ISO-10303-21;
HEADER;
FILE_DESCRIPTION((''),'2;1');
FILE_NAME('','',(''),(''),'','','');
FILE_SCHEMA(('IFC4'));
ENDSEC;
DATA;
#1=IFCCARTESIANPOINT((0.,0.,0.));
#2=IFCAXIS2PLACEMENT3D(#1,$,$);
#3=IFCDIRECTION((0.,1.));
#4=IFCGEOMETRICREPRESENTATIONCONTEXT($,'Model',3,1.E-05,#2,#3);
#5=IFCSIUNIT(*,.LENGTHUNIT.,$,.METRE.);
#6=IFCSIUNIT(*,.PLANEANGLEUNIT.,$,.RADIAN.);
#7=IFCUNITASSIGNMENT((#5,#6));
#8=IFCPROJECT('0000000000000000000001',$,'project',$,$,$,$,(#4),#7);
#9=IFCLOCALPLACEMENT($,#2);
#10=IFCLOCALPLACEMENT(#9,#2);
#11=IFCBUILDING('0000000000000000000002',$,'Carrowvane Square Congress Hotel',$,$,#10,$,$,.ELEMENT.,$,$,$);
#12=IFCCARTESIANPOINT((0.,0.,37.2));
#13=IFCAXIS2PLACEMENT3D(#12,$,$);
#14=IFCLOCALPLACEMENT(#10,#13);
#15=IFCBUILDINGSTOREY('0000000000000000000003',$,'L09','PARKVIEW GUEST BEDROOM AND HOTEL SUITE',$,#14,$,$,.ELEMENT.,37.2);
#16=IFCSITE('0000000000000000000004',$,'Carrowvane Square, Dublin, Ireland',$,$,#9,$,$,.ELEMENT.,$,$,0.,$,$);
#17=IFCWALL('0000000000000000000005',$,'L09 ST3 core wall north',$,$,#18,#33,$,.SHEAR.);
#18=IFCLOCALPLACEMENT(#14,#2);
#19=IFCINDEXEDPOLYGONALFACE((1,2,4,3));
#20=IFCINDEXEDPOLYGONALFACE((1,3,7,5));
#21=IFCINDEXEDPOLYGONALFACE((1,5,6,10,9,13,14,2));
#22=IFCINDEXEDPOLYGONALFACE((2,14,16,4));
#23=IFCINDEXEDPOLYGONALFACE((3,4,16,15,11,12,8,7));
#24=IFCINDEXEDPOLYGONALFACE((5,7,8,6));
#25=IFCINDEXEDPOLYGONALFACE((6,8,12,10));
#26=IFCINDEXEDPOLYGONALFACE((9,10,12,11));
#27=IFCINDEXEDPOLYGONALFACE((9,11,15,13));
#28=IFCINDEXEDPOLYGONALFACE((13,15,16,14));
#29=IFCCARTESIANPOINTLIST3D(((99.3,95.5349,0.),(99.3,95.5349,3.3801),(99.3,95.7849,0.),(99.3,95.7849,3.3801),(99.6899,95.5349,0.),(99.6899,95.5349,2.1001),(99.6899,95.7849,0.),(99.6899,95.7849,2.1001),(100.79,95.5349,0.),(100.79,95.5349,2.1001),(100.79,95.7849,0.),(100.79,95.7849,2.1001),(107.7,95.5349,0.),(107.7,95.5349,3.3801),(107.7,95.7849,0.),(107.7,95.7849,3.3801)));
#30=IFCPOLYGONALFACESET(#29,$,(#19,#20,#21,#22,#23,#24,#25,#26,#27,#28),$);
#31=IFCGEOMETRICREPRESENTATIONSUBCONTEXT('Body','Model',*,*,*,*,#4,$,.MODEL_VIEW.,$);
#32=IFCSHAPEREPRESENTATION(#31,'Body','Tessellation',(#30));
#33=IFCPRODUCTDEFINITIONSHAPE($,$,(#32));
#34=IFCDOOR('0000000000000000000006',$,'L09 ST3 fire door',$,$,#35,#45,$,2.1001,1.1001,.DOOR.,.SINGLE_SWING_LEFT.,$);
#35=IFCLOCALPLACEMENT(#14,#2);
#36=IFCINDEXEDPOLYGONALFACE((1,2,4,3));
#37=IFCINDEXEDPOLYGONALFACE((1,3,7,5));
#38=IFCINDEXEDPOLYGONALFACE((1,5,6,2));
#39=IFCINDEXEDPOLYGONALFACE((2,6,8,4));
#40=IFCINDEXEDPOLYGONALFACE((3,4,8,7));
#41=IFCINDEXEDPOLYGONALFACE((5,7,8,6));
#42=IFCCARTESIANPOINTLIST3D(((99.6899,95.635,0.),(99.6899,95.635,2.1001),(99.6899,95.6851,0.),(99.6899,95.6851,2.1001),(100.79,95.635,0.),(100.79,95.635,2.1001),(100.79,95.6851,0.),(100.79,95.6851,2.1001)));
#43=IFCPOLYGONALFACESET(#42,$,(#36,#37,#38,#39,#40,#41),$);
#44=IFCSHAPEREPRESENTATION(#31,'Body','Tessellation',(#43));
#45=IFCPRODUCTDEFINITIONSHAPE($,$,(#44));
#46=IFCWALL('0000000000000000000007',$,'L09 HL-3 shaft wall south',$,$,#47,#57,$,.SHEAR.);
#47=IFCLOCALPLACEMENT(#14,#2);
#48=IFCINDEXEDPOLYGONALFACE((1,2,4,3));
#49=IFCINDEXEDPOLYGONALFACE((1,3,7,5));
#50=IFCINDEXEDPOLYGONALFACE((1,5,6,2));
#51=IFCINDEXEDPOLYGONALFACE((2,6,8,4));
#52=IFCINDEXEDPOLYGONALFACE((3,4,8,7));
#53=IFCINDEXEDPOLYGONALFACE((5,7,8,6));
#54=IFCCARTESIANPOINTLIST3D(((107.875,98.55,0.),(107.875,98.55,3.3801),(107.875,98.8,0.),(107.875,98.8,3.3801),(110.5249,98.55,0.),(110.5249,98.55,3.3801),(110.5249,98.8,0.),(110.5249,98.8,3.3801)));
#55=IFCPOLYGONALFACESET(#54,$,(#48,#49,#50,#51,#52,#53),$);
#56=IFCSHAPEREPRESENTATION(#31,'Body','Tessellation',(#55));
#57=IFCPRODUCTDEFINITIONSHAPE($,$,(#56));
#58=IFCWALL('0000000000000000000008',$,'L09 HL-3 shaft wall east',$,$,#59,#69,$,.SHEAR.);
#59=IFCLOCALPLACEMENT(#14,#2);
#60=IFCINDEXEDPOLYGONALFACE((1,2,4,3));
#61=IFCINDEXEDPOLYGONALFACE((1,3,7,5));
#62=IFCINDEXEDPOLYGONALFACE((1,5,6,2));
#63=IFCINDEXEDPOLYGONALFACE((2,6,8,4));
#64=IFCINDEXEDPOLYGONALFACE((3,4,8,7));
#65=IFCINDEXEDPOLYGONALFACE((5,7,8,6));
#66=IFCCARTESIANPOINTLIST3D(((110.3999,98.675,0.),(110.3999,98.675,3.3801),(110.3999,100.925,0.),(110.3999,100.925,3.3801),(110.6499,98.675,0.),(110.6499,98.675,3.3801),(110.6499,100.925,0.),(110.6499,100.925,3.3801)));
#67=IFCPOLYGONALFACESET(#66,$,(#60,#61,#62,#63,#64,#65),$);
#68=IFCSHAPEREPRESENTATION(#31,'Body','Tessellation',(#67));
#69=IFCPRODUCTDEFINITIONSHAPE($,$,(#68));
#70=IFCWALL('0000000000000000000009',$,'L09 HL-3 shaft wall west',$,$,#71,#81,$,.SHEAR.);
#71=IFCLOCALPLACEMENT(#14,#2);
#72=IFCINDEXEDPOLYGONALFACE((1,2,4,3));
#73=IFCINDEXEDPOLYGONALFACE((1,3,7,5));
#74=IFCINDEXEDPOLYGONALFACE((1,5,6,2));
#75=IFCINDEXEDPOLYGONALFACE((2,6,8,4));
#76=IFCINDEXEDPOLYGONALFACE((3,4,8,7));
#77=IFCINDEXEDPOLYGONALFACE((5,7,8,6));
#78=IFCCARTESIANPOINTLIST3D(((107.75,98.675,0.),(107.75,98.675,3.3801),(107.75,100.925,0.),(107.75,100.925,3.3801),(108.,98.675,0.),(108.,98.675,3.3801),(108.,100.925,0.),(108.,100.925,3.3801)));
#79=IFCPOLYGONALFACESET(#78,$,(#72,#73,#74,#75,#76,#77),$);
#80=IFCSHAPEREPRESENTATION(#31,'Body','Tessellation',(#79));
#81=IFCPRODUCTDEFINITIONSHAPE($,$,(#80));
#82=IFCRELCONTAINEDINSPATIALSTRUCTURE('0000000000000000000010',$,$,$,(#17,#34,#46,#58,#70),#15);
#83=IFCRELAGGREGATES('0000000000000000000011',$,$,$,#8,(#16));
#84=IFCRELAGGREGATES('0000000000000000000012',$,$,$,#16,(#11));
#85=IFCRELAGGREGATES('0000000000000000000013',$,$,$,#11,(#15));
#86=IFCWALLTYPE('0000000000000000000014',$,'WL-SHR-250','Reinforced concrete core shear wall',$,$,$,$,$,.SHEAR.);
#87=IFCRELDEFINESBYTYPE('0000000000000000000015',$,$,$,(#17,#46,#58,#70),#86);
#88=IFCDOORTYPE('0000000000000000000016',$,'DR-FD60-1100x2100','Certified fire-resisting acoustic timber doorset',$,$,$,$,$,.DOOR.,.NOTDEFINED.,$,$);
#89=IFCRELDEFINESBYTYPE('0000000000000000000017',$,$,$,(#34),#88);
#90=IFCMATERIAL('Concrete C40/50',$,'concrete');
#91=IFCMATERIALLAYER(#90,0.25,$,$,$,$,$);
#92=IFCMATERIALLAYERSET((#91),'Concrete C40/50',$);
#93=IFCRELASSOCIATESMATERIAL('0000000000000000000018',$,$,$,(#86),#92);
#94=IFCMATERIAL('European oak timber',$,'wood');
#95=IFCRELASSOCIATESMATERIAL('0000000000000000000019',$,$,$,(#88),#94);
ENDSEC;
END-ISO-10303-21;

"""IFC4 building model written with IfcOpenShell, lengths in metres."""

from ifc_helpers import new_model, si_unit, direction, frame, frame_2d, origin, place, context, subcontext, project, spatial, rectangle, extrude, material, layer, layer_set, type_object, element, fill, save


model = new_model("IFC4")

# Units and contexts
model_context = context("Model", 3, precision=1e-05, world=origin(), true_north=direction((0.0, 1.0)))
body_context = subcontext(model_context, "Body", "Model", "MODEL_VIEW")
ifc_project = project(units=[si_unit("LENGTHUNIT", "METRE"), si_unit("PLANEANGLEUNIT", "RADIAN")], contexts=[model_context])

# Site, building, storey
site_placement = place(None, origin())
site = spatial("IfcSite", under=ifc_project, at=site_placement, Name="Carrowvane Square, Dublin, Ireland", CompositionType="ELEMENT", RefElevation=0.0)
building_placement = place(site_placement, origin())
building = spatial("IfcBuilding", under=site, at=building_placement, Name="Carrowvane Square Congress Hotel", CompositionType="ELEMENT")
storey_placement = place(building_placement, frame((0.0, 0.0, 37.2)))
storey = spatial("IfcBuildingStorey", under=building, at=storey_placement, Name="L09", Description="PARKVIEW GUEST BEDROOM AND HOTEL SUITE", CompositionType="ELEMENT", Elevation=37.2)

# Wall, opening, door
ifc_material_1 = material(Name="Concrete C40/50", Category="concrete")
ifc_layer_1 = layer(ifc_material_1, 0.25)
ifc_layer_set_1 = layer_set([ifc_layer_1], Name="Concrete C40/50")
wall_type_1 = type_object("IfcWallType", Name="WL-SHR-250", Description="Reinforced concrete core shear wall", PredefinedType="SHEAR", material=ifc_layer_set_1)
wall_1_placement = place(storey_placement, frame((107.7, 95.6599, 0.0), z_axis=(0.0, 0.0, 1.0), x_axis=(-1.0, 0.0, 0.0)))
wall_1 = element("IfcWall", 1, at=wall_1_placement, inside=storey, type_object=wall_type_1, Name="L09 ST3 core wall north", PredefinedType="SHEAR", context=body_context, shape_type="SweptSolid", body=[
    extrude(rectangle(XDim=8.3999, YDim=0.25, at=frame_2d((4.2, 0.0))), origin(), (0.0, 0.0, 1.0), 3.3801),
])
opening_1_placement = place(wall_1_placement, frame((6.9099, 0.0, 0.0)))
opening_1 = element("IfcOpeningElement", 2, at=opening_1_placement, cuts=wall_1, PredefinedType="OPENING", context=body_context, shape_type="SweptSolid", body=[
    extrude(rectangle(XDim=1.1001, YDim=2.1001, at=frame_2d((0.55, 1.05))), frame((0.0, 0.135, 0.0), z_axis=(0.0, -1.0, 0.0), x_axis=(1.0, 0.0, 0.0)), (0.0, 0.0, 1.0), 0.27),
])
ifc_material_2 = material(Name="European oak timber", Category="wood")
door_type_1 = type_object("IfcDoorType", Name="DR-FD60-1100x2100", Description="Certified fire-resisting acoustic timber doorset", OperationType="NOTDEFINED", PredefinedType="DOOR", material=ifc_material_2)
door_1_placement = place(opening_1_placement, origin())
door_1 = element("IfcDoor", 3, at=door_1_placement, inside=storey, type_object=door_type_1, Name="L09 ST3 fire door", OperationType="SINGLE_SWING_LEFT", OverallHeight=2.1001, OverallWidth=1.1001, PredefinedType="DOOR", context=body_context, shape_type="SweptSolid", body=[
    extrude(rectangle(XDim=1.1001, YDim=2.1001, at=frame_2d((0.55, 1.05))), frame((0.0, 0.0249, 0.0), z_axis=(0.0, -1.0, 0.0), x_axis=(1.0, 0.0, 0.0)), (0.0, 0.0, 1.0), 0.05),
])
fill(opening_1, door_1)

# Walls
wall_2_placement = place(storey_placement, frame((107.875, 98.675, 0.0), z_axis=(0.0, 0.0, 1.0), x_axis=(1.0, 0.0, 0.0)))
element("IfcWall", 4, at=wall_2_placement, inside=storey, type_object=wall_type_1, Name="L09 HL-3 shaft wall south", PredefinedType="SHEAR", context=body_context, shape_type="SweptSolid", body=[
    extrude(rectangle(XDim=2.6499, YDim=0.25, at=frame_2d((1.325, 0.0))), origin(), (0.0, 0.0, 1.0), 3.3801),
])
wall_3_placement = place(storey_placement, frame((110.5249, 98.675, 0.0), z_axis=(0.0, 0.0, 1.0), x_axis=(0.0, 1.0, 0.0)))
element("IfcWall", 5, at=wall_3_placement, inside=storey, type_object=wall_type_1, Name="L09 HL-3 shaft wall east", PredefinedType="SHEAR", context=body_context, shape_type="SweptSolid", body=[
    extrude(rectangle(XDim=2.25, YDim=0.25, at=frame_2d((1.125, 0.0))), origin(), (0.0, 0.0, 1.0), 3.3801),
])

# Wall
wall_4_placement = place(storey_placement, frame((107.875, 100.925, 0.0), z_axis=(0.0, 0.0, 1.0), x_axis=(0.0, -1.0, 0.0)))
element("IfcWall", 6, at=wall_4_placement, inside=storey, type_object=wall_type_1, Name="L09 HL-3 shaft wall west", PredefinedType="SHEAR", context=body_context, shape_type="SweptSolid", body=[
    extrude(rectangle(XDim=2.25, YDim=0.25, at=frame_2d((1.125, 0.0))), origin(), (0.0, 0.0, 1.0), 3.3801),
])

save(model, "model.ifc")
